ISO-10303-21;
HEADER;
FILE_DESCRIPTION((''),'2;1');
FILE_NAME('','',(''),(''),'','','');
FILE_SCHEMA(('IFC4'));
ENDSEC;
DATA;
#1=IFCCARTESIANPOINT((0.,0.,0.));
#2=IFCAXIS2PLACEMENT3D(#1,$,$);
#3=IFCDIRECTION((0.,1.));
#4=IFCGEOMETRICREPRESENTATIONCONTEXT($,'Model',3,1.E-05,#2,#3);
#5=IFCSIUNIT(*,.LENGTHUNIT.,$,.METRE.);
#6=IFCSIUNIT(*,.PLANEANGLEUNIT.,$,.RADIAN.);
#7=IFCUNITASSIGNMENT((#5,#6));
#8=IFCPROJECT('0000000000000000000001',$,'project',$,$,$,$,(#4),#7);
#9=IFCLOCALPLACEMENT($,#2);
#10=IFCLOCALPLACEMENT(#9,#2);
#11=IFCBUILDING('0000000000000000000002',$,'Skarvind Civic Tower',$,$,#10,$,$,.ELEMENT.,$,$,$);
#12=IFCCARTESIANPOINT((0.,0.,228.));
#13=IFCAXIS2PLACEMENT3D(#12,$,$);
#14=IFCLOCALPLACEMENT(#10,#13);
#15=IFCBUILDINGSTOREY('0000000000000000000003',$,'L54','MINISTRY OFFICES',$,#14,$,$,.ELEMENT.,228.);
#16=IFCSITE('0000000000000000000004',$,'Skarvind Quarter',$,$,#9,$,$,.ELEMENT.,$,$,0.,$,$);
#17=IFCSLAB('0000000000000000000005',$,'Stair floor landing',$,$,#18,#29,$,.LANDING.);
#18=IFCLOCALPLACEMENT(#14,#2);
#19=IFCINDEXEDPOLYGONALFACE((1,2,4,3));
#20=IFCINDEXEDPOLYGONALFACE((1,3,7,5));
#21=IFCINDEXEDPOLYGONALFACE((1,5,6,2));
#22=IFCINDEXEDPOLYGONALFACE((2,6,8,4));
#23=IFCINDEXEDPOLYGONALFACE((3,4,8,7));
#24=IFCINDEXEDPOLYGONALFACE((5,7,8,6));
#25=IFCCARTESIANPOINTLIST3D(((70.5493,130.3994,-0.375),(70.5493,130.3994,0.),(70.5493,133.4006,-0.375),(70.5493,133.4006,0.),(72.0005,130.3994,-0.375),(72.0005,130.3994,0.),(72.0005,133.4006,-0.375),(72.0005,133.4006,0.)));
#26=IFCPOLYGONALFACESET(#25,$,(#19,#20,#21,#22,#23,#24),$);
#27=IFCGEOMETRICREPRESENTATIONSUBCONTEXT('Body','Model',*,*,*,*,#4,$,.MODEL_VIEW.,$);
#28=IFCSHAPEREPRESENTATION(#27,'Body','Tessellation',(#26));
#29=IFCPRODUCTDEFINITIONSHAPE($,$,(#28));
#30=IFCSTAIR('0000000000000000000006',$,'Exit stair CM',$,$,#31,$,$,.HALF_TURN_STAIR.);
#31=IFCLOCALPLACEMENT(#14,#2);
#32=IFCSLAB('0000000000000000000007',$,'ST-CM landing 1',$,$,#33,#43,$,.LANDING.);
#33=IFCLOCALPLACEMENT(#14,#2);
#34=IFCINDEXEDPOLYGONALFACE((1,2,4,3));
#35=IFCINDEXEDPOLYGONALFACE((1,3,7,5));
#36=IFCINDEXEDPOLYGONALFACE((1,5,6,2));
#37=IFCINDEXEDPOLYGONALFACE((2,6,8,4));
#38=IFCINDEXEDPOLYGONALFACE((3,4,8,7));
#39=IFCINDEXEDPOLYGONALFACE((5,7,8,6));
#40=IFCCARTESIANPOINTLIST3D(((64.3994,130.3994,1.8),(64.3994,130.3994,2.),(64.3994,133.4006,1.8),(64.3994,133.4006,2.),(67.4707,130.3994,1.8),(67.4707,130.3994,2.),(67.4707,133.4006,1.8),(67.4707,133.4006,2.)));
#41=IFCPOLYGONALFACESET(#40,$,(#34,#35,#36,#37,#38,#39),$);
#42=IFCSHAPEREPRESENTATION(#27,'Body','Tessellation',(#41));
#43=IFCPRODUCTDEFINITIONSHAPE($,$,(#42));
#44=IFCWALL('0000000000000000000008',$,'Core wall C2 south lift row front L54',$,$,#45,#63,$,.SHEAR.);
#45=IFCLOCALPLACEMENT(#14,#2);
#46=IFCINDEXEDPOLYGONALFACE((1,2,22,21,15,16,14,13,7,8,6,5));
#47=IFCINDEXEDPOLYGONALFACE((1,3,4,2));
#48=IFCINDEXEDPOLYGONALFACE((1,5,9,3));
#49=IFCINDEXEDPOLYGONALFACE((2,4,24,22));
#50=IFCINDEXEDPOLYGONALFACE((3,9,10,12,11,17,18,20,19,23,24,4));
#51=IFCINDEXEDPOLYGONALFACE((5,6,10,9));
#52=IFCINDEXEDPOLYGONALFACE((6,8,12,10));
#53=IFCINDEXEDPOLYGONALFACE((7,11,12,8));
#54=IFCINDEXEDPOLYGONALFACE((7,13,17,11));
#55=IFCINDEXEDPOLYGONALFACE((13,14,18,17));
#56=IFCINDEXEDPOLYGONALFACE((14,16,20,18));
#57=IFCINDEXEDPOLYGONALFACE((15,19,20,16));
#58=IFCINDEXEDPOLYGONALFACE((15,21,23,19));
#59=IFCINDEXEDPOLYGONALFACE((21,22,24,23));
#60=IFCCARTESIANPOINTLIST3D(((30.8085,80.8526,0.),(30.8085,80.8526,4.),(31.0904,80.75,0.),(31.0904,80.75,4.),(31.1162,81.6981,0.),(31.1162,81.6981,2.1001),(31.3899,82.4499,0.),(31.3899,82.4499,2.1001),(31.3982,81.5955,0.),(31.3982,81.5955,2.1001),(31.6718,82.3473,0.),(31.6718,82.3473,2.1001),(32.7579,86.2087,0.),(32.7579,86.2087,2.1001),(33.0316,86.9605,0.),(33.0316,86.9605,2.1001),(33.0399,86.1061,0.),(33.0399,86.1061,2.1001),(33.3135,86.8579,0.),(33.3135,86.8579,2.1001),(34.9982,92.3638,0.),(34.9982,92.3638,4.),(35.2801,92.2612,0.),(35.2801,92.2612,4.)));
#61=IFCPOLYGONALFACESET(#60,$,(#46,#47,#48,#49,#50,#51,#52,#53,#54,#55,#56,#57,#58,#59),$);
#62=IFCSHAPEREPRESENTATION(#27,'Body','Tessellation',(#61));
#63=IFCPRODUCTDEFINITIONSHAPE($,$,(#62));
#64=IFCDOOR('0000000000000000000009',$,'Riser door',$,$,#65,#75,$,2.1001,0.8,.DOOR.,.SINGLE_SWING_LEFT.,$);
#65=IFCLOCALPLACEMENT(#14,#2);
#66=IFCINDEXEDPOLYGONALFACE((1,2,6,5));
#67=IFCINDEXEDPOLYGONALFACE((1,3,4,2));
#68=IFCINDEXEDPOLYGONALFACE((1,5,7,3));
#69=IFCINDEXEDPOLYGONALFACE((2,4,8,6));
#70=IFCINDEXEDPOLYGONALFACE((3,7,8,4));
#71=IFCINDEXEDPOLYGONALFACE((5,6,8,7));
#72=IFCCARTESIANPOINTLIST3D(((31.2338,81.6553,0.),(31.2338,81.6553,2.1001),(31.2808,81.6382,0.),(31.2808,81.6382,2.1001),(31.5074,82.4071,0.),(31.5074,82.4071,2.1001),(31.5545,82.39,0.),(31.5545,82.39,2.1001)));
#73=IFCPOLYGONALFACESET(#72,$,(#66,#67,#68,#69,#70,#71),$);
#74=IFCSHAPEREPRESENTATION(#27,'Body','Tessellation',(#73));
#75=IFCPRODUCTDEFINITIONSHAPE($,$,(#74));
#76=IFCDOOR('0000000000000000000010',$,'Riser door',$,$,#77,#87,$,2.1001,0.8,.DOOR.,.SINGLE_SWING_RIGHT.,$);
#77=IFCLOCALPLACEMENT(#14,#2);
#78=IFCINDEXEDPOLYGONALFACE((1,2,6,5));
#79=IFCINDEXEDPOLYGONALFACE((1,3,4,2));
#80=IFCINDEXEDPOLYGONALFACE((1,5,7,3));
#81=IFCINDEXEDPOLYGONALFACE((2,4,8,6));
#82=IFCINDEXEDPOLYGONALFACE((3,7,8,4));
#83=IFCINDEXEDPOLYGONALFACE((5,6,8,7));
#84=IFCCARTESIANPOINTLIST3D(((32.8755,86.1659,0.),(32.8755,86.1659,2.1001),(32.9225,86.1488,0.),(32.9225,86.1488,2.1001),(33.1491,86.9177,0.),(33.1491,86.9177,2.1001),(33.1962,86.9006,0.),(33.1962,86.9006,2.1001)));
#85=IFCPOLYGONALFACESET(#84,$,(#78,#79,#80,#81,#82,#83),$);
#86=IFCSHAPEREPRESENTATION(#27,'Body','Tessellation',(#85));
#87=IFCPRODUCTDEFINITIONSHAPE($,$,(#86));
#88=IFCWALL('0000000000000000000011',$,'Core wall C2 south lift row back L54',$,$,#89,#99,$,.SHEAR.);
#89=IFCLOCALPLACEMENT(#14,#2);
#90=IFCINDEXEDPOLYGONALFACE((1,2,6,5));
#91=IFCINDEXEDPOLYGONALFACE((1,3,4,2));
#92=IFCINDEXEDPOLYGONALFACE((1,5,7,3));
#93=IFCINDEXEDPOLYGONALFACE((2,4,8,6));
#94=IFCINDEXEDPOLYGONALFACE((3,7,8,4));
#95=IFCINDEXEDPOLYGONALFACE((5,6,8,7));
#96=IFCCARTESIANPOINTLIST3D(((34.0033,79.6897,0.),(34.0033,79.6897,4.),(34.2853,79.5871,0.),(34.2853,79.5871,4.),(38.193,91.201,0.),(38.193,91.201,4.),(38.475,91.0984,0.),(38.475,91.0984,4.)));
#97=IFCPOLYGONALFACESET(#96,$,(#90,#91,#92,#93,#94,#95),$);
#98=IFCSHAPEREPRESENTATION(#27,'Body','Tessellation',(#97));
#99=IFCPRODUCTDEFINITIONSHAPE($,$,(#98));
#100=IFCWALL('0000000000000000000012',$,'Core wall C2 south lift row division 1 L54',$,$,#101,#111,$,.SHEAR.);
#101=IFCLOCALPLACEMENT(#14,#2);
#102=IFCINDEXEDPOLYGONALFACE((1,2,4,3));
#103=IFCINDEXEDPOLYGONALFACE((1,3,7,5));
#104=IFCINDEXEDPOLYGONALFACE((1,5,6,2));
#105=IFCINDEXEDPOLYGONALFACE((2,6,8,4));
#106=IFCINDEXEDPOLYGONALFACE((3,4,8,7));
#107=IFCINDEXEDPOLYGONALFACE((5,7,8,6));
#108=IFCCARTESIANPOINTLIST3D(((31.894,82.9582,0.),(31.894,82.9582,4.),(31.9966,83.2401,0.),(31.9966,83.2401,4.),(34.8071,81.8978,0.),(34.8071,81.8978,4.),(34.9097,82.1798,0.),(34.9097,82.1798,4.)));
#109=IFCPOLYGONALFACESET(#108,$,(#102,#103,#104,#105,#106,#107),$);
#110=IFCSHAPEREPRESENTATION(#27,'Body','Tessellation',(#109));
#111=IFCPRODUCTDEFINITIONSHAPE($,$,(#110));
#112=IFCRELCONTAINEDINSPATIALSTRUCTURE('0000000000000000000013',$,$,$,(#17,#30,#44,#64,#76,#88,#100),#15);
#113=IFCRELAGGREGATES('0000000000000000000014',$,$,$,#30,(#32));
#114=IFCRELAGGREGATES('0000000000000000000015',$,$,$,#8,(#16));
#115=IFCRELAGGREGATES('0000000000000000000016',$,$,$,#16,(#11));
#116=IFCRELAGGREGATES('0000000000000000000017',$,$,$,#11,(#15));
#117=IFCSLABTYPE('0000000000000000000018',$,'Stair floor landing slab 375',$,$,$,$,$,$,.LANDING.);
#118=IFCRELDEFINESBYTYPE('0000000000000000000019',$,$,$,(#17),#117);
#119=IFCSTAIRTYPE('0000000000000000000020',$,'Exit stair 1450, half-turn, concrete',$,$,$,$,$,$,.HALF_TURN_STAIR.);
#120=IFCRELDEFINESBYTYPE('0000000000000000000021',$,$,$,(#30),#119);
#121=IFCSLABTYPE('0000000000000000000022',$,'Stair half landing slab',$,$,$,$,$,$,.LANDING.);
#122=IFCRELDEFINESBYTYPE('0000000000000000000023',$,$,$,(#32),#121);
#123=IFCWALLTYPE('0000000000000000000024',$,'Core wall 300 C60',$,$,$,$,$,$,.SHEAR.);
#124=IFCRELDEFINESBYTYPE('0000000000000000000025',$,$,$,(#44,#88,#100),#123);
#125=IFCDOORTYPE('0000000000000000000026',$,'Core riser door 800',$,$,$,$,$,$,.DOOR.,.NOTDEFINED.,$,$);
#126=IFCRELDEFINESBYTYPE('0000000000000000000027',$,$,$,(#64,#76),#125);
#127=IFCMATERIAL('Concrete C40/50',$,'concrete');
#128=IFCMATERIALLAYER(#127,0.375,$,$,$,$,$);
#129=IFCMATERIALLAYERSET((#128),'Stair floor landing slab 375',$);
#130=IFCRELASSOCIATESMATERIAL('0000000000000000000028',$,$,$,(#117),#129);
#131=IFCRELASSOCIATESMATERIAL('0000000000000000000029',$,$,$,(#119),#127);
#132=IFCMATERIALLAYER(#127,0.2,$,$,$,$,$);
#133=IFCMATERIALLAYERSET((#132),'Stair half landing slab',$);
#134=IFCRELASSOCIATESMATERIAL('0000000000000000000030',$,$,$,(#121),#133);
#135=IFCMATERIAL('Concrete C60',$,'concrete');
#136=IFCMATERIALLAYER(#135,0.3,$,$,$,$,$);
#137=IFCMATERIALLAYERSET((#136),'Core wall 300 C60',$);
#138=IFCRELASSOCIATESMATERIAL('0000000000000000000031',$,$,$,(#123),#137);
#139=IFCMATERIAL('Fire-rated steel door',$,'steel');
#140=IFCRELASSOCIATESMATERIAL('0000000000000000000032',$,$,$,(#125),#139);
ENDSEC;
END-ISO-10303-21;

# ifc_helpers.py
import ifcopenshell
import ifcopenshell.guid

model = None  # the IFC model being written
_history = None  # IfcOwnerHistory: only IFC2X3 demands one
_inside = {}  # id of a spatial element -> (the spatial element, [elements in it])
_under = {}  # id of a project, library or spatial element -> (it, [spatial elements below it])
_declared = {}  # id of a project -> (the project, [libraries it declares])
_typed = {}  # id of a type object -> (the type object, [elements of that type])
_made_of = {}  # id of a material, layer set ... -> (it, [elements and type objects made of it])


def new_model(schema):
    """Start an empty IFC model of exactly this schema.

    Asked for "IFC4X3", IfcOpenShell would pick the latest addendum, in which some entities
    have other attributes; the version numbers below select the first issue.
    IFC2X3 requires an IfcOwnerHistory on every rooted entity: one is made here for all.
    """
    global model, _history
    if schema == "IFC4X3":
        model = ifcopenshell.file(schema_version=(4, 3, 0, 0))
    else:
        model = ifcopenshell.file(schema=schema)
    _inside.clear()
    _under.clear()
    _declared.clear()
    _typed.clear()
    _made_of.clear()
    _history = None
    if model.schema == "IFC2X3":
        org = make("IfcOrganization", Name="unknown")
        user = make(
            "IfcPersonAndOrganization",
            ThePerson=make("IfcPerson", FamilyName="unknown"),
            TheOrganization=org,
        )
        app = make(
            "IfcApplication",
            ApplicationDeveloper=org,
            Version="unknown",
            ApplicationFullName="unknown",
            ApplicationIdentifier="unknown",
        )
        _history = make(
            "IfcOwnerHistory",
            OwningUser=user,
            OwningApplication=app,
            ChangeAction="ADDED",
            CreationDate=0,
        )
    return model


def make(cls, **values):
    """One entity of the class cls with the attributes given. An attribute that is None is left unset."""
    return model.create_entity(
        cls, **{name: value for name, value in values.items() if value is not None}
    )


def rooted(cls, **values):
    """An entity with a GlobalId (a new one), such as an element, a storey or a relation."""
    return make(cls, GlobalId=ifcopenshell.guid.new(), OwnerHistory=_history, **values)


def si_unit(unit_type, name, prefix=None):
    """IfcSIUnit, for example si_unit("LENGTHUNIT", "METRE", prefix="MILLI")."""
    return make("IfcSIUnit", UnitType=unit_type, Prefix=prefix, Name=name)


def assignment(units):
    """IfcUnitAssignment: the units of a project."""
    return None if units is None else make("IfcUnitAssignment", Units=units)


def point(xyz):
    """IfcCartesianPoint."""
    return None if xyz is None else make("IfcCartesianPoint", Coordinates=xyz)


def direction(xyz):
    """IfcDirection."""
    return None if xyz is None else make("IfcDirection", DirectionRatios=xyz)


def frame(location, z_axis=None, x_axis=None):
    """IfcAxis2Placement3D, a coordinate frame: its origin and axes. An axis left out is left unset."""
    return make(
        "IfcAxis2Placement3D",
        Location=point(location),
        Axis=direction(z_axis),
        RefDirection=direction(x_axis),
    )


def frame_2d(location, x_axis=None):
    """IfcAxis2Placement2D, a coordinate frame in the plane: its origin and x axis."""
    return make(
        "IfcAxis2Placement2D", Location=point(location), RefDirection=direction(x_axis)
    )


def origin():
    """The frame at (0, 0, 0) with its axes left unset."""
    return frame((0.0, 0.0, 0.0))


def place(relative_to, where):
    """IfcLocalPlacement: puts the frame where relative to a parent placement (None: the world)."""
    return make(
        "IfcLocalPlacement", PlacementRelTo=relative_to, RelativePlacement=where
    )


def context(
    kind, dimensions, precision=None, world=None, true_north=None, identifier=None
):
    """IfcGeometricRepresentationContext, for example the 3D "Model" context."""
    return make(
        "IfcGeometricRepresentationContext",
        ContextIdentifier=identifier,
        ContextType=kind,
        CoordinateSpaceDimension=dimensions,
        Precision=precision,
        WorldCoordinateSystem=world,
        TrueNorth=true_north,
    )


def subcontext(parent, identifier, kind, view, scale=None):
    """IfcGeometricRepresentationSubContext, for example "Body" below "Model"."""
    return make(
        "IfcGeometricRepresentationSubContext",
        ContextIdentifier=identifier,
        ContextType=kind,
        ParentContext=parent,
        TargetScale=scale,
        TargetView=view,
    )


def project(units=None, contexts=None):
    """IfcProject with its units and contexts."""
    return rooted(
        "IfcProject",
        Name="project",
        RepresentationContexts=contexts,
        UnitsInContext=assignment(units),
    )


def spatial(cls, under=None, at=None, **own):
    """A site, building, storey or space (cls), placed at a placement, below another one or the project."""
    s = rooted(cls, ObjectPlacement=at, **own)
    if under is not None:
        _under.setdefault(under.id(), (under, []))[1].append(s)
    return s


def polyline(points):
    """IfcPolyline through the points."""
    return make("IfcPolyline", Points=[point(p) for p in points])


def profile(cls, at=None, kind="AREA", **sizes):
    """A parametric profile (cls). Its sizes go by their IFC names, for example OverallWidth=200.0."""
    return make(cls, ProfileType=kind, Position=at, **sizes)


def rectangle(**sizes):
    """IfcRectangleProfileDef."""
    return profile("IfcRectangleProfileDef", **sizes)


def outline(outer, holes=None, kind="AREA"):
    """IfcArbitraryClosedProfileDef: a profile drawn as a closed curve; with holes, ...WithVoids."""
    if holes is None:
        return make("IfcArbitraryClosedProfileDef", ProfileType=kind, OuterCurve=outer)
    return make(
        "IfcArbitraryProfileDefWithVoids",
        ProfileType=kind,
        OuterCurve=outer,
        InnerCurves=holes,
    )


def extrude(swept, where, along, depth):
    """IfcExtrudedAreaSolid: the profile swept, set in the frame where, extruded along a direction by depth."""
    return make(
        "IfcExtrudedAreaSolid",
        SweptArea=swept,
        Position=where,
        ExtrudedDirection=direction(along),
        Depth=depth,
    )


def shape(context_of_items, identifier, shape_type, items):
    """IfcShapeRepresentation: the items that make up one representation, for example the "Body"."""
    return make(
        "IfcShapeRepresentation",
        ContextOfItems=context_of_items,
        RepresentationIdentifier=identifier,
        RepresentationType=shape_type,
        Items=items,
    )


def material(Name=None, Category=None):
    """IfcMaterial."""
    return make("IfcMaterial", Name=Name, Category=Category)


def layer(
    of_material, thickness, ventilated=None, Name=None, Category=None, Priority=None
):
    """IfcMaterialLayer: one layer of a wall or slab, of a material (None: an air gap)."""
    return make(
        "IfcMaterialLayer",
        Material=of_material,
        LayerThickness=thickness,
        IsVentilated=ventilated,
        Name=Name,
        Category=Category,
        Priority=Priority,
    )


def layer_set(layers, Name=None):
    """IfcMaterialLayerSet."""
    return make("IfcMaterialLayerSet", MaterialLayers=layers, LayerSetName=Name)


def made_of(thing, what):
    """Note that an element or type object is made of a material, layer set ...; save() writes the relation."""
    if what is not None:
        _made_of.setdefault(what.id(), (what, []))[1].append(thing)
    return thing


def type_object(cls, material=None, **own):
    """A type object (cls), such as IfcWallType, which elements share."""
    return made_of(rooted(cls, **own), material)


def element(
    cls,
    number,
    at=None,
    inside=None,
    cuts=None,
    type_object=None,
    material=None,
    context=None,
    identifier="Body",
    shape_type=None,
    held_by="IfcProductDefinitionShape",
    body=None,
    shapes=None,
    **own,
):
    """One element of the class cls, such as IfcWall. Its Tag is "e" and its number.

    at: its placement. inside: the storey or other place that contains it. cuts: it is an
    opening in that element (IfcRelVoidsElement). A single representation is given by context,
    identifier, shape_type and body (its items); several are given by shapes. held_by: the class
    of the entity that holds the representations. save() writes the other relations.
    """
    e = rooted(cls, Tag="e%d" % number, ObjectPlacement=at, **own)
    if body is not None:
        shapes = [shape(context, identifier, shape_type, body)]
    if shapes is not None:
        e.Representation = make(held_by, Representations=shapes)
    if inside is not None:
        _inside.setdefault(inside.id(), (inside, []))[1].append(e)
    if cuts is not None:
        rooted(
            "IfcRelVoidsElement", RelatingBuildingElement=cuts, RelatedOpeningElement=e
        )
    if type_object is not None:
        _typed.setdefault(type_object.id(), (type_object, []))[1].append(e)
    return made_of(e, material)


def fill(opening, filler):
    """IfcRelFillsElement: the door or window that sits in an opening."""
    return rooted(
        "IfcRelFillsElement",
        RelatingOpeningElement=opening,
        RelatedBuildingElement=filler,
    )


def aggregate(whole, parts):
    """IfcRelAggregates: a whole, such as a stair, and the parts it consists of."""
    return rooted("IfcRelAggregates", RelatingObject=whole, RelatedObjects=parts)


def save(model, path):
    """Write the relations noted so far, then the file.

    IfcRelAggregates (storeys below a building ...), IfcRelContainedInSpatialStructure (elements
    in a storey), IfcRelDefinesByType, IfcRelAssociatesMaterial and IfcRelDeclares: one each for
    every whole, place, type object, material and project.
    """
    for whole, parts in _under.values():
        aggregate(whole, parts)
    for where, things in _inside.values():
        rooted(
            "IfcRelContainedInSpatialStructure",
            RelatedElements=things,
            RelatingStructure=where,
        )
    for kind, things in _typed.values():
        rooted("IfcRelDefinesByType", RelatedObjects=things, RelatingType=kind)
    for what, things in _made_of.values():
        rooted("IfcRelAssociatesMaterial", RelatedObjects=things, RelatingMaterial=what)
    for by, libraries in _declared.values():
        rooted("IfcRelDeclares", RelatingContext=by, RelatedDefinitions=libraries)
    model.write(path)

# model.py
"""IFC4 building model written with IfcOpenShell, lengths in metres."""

from ifc_helpers import new_model, si_unit, direction, frame, frame_2d, origin, place, context, subcontext, project, spatial, polyline, rectangle, outline, extrude, material, layer, layer_set, type_object, element, fill, aggregate, save


model = new_model("IFC4")

# Units and contexts
model_context = context("Model", 3, precision=1e-05, world=origin(), true_north=direction((0.0, 1.0)))
body_context = subcontext(model_context, "Body", "Model", "MODEL_VIEW")
ifc_project = project(units=[si_unit("LENGTHUNIT", "METRE"), si_unit("PLANEANGLEUNIT", "RADIAN")], contexts=[model_context])

# Site, building, storey
site_placement = place(None, origin())
site = spatial("IfcSite", under=ifc_project, at=site_placement, Name="Skarvind Quarter", CompositionType="ELEMENT", RefElevation=0.0)
building_placement = place(site_placement, origin())
building = spatial("IfcBuilding", under=site, at=building_placement, Name="Skarvind Civic Tower", CompositionType="ELEMENT")
storey_placement = place(building_placement, frame((0.0, 0.0, 228.0)))
storey = spatial("IfcBuildingStorey", under=building, at=storey_placement, Name="L54", Description="MINISTRY OFFICES", CompositionType="ELEMENT", Elevation=228.0)

# Slab
ifc_material_1 = material(Name="Concrete C40/50", Category="concrete")
ifc_layer_1 = layer(ifc_material_1, 0.375)
ifc_layer_set_1 = layer_set([ifc_layer_1], Name="Stair floor landing slab 375")
slab_type_1 = type_object("IfcSlabType", Name="Stair floor landing slab 375", PredefinedType="LANDING", material=ifc_layer_set_1)
slab_1_placement = place(storey_placement, frame((0.0, 0.0, -0.375)))
element("IfcSlab", 1, at=slab_1_placement, inside=storey, type_object=slab_type_1, Name="Stair floor landing", PredefinedType="LANDING", context=body_context, shape_type="SweptSolid", body=[
    extrude(outline(polyline([(70.5493, 130.3994), (70.5493, 133.4006), (72.0005, 133.4006), (72.0005, 130.3994), (70.5493, 130.3994)])), origin(), (0.0, 0.0, 1.0), 0.375),
])

# Stair, slab
stair_type_1 = type_object("IfcStairType", Name="Exit stair 1450, half-turn, concrete", PredefinedType="HALF_TURN_STAIR", material=ifc_material_1)
stair_1_placement = place(storey_placement, origin())
stair_1 = element("IfcStair", 2, at=stair_1_placement, inside=storey, type_object=stair_type_1, Name="Exit stair CM", PredefinedType="HALF_TURN_STAIR")
ifc_layer_2 = layer(ifc_material_1, 0.2)
ifc_layer_set_2 = layer_set([ifc_layer_2], Name="Stair half landing slab")
slab_type_2 = type_object("IfcSlabType", Name="Stair half landing slab", PredefinedType="LANDING", material=ifc_layer_set_2)
slab_2_placement = place(storey_placement, frame((0.0, 0.0, 1.8)))
slab_2 = element("IfcSlab", 3, at=slab_2_placement, type_object=slab_type_2, Name="ST-CM landing 1", PredefinedType="LANDING", context=body_context, shape_type="SweptSolid", body=[
    extrude(outline(polyline([(67.4707, 133.4006), (67.4707, 130.3994), (64.3994, 130.3994), (64.3994, 133.4006), (67.4707, 133.4006)])), origin(), (0.0, 0.0, 1.0), 0.2),
])
aggregate(stair_1, [slab_2])

# Wall, openings, doors
ifc_material_2 = material(Name="Concrete C60", Category="concrete")
ifc_layer_3 = layer(ifc_material_2, 0.3)
ifc_layer_set_3 = layer_set([ifc_layer_3], Name="Core wall 300 C60")
wall_type_1 = type_object("IfcWallType", Name="Core wall 300 C60", PredefinedType="SHEAR", material=ifc_layer_set_3)
wall_1_placement = place(storey_placement, frame((30.9495, 80.8013, 0.0), z_axis=(0.0, 0.0, 1.0), x_axis=(0.342017, 0.939694, 0.0)))
wall_1 = element("IfcWall", 4, at=wall_1_placement, inside=storey, type_object=wall_type_1, Name="Core wall C2 south lift row front L54", PredefinedType="SHEAR", context=body_context, shape_type="SweptSolid", body=[
    extrude(rectangle(XDim=12.25, YDim=0.3, at=frame_2d((6.125, 0.0))), origin(), (0.0, 0.0, 1.0), 4.0),
])
opening_1_placement = place(wall_1_placement, frame((0.8999, 0.0, 0.0)))
opening_1 = element("IfcOpeningElement", 5, at=opening_1_placement, cuts=wall_1, PredefinedType="OPENING", context=body_context, shape_type="SweptSolid", body=[
    extrude(rectangle(XDim=0.8, YDim=2.1001, at=frame_2d((0.3999, 1.05))), frame((0.0, 0.1599, 0.0), z_axis=(0.0, -1.0, 0.0), x_axis=(1.0, 0.0, 0.0)), (0.0, 0.0, 1.0), 0.3201),
])
opening_2_placement = place(wall_1_placement, frame((5.7, 0.0, 0.0)))
opening_2 = element("IfcOpeningElement", 6, at=opening_2_placement, cuts=wall_1, PredefinedType="OPENING", context=body_context, shape_type="SweptSolid", body=[
    extrude(rectangle(XDim=0.8, YDim=2.1001, at=frame_2d((0.3999, 1.05))), frame((0.0, 0.1599, 0.0), z_axis=(0.0, -1.0, 0.0), x_axis=(1.0, 0.0, 0.0)), (0.0, 0.0, 1.0), 0.3201),
])
ifc_material_3 = material(Name="Fire-rated steel door", Category="steel")
door_type_1 = type_object("IfcDoorType", Name="Core riser door 800", OperationType="NOTDEFINED", PredefinedType="DOOR", material=ifc_material_3)
door_1_placement = place(opening_1_placement, origin())
door_1 = element("IfcDoor", 7, at=door_1_placement, inside=storey, type_object=door_type_1, Name="Riser door", OperationType="SINGLE_SWING_LEFT", OverallHeight=2.1001, OverallWidth=0.8, PredefinedType="DOOR", context=body_context, shape_type="SweptSolid", body=[
    extrude(rectangle(XDim=0.8, YDim=2.1001, at=frame_2d((0.3999, 1.05))), frame((0.0, 0.0249, 0.0), z_axis=(0.0, -1.0, 0.0), x_axis=(1.0, 0.0, 0.0)), (0.0, 0.0, 1.0), 0.05),
])
fill(opening_1, door_1)
door_2_placement = place(opening_2_placement, origin())
door_2 = element("IfcDoor", 8, at=door_2_placement, inside=storey, type_object=door_type_1, Name="Riser door", OperationType="SINGLE_SWING_RIGHT", OverallHeight=2.1001, OverallWidth=0.8, PredefinedType="DOOR", context=body_context, shape_type="SweptSolid", body=[
    extrude(rectangle(XDim=0.8, YDim=2.1001, at=frame_2d((0.3999, 1.05))), frame((0.0, 0.0249, 0.0), z_axis=(0.0, -1.0, 0.0), x_axis=(1.0, 0.0, 0.0)), (0.0, 0.0, 1.0), 0.05),
])
fill(opening_2, door_2)

# Walls
wall_2_placement = place(storey_placement, frame((34.1443, 79.6384, 0.0), z_axis=(0.0, 0.0, 1.0), x_axis=(0.342017, 0.939694, 0.0)))
element("IfcWall", 9, at=wall_2_placement, inside=storey, type_object=wall_type_1, Name="Core wall C2 south lift row back L54", PredefinedType="SHEAR", context=body_context, shape_type="SweptSolid", body=[
    extrude(rectangle(XDim=12.25, YDim=0.3, at=frame_2d((6.125, 0.0))), origin(), (0.0, 0.0, 1.0), 4.0),
])
wall_3_placement = place(storey_placement, frame((34.8584, 82.0388, 0.0), z_axis=(0.0, 0.0, 1.0), x_axis=(-0.93969, 0.342028, 0.0)))
element("IfcWall", 10, at=wall_3_placement, inside=storey, type_object=wall_type_1, Name="Core wall C2 south lift row division 1 L54", PredefinedType="SHEAR", context=body_context, shape_type="SweptSolid", body=[
    extrude(rectangle(XDim=3.1001, YDim=0.3, at=frame_2d((1.55, 0.0))), origin(), (0.0, 0.0, 1.0), 4.0),
])

save(model, "model.ifc")
